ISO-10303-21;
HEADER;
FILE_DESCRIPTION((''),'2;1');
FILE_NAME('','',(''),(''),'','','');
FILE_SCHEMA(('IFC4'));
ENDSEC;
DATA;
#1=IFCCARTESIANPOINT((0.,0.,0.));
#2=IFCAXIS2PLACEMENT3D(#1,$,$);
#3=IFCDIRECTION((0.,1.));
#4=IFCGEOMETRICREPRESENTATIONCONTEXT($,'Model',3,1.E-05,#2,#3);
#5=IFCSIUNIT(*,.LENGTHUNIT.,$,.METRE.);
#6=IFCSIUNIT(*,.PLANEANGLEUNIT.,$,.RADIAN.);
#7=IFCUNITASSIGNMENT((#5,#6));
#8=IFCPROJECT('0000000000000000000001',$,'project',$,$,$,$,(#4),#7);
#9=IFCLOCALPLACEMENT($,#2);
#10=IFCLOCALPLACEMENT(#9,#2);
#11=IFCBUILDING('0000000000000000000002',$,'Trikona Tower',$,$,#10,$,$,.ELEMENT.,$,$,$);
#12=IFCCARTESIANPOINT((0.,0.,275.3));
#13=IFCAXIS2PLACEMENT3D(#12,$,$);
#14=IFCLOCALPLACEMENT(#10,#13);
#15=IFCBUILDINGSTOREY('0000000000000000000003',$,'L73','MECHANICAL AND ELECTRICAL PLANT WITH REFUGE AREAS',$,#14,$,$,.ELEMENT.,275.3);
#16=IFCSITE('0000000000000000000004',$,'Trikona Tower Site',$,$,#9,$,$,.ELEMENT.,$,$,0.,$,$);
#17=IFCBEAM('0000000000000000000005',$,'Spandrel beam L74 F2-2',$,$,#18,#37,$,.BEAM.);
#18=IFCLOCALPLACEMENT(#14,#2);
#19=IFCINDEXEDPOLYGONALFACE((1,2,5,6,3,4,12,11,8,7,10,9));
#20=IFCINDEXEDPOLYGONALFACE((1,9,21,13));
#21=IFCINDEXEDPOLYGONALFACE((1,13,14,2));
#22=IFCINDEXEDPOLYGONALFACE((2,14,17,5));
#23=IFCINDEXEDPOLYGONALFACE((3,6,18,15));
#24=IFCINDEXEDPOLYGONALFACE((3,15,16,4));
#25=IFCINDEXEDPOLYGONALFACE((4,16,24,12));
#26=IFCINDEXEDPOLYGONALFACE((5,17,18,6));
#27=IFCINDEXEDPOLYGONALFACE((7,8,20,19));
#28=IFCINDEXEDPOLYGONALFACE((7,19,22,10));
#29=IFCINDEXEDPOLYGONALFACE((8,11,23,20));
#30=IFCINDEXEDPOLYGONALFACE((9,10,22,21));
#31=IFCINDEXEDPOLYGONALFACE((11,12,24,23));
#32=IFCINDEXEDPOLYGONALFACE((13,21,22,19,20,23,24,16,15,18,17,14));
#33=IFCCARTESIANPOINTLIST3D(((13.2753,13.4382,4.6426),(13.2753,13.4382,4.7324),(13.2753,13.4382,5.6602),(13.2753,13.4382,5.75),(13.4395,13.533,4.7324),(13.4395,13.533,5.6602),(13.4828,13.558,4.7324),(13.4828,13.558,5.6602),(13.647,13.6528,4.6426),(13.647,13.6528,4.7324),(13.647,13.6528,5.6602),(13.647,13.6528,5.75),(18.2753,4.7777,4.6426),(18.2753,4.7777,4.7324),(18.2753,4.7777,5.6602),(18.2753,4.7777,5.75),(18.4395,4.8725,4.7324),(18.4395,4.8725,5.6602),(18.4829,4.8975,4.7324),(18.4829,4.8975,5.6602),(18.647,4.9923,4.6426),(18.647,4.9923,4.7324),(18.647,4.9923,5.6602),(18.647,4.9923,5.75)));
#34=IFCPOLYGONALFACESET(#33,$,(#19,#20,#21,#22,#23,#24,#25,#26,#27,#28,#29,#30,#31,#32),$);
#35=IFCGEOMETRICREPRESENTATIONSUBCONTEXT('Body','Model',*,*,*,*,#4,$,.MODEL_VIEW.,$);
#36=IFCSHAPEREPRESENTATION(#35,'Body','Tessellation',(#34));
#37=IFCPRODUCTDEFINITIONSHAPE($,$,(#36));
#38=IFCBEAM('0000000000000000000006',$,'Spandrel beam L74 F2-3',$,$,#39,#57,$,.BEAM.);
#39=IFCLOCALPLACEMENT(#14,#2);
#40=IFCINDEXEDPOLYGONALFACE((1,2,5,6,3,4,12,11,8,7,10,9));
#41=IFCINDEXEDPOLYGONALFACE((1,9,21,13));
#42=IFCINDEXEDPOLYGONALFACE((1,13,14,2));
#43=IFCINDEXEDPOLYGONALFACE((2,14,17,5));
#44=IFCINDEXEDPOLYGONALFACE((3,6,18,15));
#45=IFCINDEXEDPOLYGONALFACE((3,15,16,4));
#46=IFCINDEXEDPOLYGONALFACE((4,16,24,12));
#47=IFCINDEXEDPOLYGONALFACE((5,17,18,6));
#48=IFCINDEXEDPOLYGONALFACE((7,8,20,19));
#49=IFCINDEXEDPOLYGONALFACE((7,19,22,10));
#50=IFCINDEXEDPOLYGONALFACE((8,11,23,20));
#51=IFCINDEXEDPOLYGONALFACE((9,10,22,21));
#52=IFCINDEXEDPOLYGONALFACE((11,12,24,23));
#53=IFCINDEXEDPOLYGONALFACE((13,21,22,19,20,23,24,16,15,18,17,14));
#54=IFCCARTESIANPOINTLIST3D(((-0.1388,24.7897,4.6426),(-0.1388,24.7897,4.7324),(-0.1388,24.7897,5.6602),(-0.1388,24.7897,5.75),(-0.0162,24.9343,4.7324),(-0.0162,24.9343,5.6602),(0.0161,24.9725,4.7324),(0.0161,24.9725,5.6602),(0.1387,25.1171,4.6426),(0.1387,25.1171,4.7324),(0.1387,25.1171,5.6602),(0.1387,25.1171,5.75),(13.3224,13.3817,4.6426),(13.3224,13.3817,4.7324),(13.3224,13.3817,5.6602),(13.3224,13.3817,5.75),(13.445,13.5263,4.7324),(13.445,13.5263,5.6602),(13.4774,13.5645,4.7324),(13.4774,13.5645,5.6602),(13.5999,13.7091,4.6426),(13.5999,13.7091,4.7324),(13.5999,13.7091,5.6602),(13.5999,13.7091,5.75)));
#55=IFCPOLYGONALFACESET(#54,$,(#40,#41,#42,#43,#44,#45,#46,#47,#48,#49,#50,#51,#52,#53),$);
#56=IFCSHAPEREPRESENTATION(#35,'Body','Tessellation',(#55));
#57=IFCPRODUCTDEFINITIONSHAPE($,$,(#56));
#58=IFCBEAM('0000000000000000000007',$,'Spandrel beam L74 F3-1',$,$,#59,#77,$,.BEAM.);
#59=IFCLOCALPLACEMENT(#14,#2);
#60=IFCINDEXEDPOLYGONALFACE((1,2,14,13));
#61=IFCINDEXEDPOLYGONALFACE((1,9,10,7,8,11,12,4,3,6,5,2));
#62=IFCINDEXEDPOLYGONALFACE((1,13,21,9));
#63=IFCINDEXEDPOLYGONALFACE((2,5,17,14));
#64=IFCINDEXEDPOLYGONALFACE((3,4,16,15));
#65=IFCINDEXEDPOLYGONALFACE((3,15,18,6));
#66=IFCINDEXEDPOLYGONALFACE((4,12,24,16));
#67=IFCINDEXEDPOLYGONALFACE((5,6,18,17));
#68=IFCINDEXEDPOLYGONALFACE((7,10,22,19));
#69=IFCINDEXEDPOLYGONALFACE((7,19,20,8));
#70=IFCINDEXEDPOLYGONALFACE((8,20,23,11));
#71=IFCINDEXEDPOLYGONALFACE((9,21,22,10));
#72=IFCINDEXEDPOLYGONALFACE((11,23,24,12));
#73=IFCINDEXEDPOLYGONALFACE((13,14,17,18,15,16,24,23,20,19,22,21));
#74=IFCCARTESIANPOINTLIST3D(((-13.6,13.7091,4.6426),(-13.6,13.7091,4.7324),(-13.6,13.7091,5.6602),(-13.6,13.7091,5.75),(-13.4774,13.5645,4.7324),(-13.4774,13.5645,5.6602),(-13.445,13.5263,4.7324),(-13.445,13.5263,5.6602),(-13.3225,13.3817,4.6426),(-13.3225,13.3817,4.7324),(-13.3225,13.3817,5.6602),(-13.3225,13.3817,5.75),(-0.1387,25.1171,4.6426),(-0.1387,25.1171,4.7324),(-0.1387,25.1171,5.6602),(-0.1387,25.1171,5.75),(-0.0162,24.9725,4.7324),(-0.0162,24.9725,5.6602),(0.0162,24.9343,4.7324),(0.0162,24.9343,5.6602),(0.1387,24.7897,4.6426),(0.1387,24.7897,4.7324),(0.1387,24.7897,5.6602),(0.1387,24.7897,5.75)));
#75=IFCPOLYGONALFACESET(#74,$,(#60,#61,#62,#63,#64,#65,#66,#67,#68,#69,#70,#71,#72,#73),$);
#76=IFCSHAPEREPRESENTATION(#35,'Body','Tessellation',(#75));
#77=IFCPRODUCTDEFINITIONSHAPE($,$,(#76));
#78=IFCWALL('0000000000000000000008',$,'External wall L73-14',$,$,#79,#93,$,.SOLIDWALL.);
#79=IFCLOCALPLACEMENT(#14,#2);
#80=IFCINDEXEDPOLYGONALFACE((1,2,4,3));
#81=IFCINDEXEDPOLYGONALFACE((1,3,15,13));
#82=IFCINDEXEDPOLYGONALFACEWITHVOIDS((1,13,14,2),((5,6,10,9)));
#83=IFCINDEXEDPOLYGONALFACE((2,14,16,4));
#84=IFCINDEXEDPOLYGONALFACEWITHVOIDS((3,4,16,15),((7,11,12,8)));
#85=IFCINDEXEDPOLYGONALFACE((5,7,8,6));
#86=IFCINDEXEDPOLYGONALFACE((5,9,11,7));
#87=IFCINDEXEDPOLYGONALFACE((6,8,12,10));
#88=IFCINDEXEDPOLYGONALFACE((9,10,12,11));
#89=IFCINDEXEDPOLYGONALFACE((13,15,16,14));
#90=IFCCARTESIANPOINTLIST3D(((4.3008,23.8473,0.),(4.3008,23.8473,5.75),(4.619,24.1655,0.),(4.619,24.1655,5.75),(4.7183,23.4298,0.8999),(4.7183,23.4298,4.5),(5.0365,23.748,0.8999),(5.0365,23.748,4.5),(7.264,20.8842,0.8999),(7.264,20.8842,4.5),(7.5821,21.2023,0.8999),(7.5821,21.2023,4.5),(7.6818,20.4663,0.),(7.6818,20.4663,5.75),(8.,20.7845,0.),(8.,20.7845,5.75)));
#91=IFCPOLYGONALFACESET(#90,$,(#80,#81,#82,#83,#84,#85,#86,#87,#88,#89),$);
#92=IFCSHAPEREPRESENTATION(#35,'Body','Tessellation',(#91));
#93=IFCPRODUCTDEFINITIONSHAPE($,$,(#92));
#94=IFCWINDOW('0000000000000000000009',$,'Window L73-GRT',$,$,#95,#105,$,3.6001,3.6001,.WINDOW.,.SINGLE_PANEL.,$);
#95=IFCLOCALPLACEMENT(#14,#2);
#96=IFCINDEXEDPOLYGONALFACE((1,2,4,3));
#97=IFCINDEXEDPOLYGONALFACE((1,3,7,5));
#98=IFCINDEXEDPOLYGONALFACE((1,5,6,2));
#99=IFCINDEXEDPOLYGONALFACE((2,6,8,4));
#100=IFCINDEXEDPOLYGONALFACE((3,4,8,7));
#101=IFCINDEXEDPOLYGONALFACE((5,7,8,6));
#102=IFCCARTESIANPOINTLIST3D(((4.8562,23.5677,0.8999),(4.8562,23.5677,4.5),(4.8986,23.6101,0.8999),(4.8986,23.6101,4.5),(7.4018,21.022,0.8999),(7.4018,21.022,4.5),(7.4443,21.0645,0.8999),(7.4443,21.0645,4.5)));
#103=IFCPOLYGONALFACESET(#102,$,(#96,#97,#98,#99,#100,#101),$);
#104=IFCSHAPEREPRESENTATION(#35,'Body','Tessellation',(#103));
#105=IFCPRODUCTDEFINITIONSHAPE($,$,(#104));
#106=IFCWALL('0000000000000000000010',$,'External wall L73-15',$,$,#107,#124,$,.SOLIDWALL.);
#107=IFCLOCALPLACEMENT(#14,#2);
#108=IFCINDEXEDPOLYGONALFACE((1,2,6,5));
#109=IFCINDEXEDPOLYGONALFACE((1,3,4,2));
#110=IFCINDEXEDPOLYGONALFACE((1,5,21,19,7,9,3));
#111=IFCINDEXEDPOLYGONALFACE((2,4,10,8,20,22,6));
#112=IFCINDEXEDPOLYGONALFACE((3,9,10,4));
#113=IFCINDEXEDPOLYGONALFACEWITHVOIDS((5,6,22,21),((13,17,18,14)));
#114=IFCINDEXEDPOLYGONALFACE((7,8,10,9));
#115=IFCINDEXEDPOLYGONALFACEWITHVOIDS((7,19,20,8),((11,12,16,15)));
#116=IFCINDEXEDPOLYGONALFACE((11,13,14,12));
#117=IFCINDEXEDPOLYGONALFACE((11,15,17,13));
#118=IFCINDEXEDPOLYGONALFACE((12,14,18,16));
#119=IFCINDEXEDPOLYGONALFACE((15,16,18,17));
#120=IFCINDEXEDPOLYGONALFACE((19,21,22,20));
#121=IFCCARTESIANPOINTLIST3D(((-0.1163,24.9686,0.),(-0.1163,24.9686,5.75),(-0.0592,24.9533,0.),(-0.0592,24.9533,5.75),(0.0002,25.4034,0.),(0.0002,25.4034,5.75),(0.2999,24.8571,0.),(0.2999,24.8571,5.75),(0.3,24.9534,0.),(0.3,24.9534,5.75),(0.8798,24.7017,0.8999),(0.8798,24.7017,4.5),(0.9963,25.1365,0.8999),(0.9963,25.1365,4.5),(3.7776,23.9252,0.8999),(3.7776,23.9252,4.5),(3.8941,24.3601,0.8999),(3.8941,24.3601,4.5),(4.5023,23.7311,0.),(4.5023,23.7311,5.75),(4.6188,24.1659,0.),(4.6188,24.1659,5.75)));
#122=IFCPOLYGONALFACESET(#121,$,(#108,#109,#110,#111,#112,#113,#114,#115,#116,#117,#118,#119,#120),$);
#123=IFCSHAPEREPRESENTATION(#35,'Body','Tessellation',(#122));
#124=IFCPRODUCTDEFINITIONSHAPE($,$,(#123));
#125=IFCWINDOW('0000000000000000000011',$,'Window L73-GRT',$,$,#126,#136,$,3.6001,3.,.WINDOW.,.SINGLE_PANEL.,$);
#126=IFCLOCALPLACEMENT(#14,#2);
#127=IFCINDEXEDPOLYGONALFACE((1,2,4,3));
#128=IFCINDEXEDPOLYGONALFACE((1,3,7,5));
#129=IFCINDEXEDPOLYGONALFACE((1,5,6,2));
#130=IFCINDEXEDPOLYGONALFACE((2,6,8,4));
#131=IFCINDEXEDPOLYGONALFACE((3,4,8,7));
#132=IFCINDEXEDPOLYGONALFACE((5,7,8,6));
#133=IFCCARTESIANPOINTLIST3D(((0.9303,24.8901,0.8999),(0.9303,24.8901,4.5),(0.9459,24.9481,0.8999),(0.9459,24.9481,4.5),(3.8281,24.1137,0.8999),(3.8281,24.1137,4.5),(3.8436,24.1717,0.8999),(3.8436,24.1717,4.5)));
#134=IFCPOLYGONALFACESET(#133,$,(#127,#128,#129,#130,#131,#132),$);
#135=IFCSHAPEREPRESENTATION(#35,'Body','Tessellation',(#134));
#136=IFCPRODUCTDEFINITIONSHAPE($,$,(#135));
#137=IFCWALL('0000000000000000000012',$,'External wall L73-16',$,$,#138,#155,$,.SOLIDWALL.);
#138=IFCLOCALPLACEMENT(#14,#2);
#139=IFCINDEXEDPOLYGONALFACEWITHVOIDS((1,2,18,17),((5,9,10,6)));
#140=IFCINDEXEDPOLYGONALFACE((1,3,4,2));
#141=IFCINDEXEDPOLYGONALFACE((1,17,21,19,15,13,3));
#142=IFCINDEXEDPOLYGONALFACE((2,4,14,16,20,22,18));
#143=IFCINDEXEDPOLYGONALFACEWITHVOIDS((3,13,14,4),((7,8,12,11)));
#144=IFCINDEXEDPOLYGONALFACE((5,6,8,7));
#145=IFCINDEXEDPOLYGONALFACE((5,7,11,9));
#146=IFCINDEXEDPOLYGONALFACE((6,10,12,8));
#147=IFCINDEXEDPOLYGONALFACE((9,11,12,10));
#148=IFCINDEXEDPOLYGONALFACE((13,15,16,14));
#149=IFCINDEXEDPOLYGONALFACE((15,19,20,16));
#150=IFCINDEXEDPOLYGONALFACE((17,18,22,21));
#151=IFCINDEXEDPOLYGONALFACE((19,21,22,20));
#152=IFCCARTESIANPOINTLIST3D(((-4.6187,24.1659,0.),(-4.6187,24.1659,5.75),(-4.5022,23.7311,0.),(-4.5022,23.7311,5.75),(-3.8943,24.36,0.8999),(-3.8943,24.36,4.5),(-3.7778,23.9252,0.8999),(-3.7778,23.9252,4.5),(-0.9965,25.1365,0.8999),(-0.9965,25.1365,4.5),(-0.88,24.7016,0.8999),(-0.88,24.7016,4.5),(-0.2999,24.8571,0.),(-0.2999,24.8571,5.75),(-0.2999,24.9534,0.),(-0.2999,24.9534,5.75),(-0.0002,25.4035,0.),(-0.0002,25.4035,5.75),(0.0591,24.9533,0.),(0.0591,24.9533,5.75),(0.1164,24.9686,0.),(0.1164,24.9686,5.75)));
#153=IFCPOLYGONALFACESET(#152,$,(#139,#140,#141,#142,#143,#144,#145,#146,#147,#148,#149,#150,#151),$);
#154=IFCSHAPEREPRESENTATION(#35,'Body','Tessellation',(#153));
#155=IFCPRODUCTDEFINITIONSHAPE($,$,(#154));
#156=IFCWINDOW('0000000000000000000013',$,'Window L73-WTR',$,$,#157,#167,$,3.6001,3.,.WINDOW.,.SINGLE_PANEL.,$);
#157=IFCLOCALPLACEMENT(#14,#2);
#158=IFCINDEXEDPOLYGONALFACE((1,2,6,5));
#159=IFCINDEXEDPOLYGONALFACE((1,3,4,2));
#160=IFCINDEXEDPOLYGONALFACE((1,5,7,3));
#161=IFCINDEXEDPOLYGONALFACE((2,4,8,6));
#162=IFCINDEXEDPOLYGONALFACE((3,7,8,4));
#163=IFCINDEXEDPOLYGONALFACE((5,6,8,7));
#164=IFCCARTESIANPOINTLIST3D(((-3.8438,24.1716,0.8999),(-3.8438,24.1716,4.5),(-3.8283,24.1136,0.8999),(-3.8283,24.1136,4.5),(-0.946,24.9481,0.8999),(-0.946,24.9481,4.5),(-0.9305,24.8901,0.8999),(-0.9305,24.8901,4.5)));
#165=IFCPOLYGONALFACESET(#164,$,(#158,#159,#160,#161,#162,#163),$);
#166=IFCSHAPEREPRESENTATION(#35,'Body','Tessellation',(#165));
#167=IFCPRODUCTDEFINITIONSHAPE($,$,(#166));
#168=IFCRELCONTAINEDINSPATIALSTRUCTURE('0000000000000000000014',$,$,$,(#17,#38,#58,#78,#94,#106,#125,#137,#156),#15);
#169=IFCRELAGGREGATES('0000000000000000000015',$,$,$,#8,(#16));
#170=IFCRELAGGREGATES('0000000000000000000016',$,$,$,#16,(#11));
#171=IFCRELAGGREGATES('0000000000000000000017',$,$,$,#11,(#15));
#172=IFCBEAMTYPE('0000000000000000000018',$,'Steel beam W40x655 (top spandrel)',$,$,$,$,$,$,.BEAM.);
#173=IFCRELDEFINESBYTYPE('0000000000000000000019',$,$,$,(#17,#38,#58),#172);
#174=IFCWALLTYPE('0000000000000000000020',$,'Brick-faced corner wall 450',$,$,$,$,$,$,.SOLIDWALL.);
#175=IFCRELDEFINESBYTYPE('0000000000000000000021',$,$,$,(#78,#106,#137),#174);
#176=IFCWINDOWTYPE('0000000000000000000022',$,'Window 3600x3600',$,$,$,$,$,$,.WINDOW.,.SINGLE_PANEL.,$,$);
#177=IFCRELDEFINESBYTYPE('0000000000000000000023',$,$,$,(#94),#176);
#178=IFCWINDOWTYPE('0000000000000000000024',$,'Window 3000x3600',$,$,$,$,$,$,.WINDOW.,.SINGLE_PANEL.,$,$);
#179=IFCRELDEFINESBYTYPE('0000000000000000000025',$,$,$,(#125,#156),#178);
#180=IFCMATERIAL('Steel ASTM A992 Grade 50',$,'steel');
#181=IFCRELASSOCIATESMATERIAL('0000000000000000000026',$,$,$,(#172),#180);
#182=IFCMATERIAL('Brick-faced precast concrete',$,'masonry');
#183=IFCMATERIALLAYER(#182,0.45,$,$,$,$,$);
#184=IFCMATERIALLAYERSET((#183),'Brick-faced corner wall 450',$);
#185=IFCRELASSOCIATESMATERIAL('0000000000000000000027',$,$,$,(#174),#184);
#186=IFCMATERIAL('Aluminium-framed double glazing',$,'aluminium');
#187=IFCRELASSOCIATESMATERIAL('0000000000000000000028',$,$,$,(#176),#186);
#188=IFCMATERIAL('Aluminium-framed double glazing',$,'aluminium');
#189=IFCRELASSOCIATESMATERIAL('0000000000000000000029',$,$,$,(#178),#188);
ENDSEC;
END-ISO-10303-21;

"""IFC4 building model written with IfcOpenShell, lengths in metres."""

from ifc_helpers import new_model, si_unit, direction, frame, frame_2d, origin, origin_2d, place, context, subcontext, project, spatial, polyline, rectangle, i_section, outline, extrude, material, layer, layer_set, material_profile, profile_set, type_object, element, fill, save


model = new_model("IFC4")

# Units and contexts
model_context = context("Model", 3, precision=1e-05, world=origin(), true_north=direction((0.0, 1.0)))
body_context = subcontext(model_context, "Body", "Model", "MODEL_VIEW")
ifc_project = project(units=[si_unit("LENGTHUNIT", "METRE"), si_unit("PLANEANGLEUNIT", "RADIAN")], contexts=[model_context])

# Site, building, storey
site_placement = place(None, origin())
site = spatial("IfcSite", under=ifc_project, at=site_placement, Name="Trikona Tower Site", CompositionType="ELEMENT", RefElevation=0.0)
building_placement = place(site_placement, origin())
building = spatial("IfcBuilding", under=site, at=building_placement, Name="Trikona Tower", CompositionType="ELEMENT")
storey_placement = place(building_placement, frame((0.0, 0.0, 275.3)))
storey = spatial("IfcBuildingStorey", under=building, at=storey_placement, Name="L73", Description="MECHANICAL AND ELECTRICAL PLANT WITH REFUGE AREAS", CompositionType="ELEMENT", Elevation=275.3)

# Beams
ifc_material_1 = material(Name="Steel ASTM A992 Grade 50", Category="steel")
ifc_material_profile_1 = material_profile(ifc_material_1, i_section(OverallWidth=0.4292, OverallDepth=1.1074, WebThickness=0.05, FlangeThickness=0.0898, at=origin_2d()), Name="W40X655")
ifc_profile_set_1 = profile_set([ifc_material_profile_1], Name="Steel ASTM A992 Grade 50")
beam_type_1 = type_object("IfcBeamType", Name="Steel beam W40x655 (top spandrel)", PredefinedType="BEAM", material=ifc_profile_set_1)
beam_1_placement = place(storey_placement, frame((18.4612, 4.885, 5.1963), z_axis=(-0.499994, 0.866029, 0.0), x_axis=(-0.866029, -0.499994, 0.0)))
element("IfcBeam", 1, at=beam_1_placement, inside=storey, type_object=beam_type_1, Name="Spandrel beam L74 F2-2", PredefinedType="BEAM", context=body_context, shape_type="SweptSolid", body=[
    extrude(i_section(OverallWidth=0.4292, OverallDepth=1.1074, WebThickness=0.05, FlangeThickness=0.0898, at=origin_2d()), origin(), (0.0, 0.0, 1.0), 10.0002),
])
for number, where, z_axis, x_axis, name in (
    (2, (13.4612, 13.5454, 5.1963), (-0.762891, 0.646528, 0.0), (-0.646528, -0.762891, 0.0), "Spandrel beam L74 F2-3"),
    (3, (0.0, 24.9534, 5.1963), (-0.762891, -0.646528, 0.0), (0.646528, -0.762891, 0.0), "Spandrel beam L74 F3-1"),
):
    element("IfcBeam", number, at=place(storey_placement, frame(where, z_axis=z_axis, x_axis=x_axis)), inside=storey, type_object=beam_type_1, Name=name, PredefinedType="BEAM", context=body_context, shape_type="SweptSolid", body=[
        extrude(i_section(OverallWidth=0.4292, OverallDepth=1.1074, WebThickness=0.05, FlangeThickness=0.0898, at=origin_2d()), origin(), (0.0, 0.0, 1.0), 17.645),
    ])

# Walls, openings, windows
ifc_material_2 = material(Name="Brick-faced precast concrete", Category="masonry")
ifc_layer_1 = layer(ifc_material_2, 0.45)
ifc_layer_set_1 = layer_set([ifc_layer_1], Name="Brick-faced corner wall 450")
wall_type_1 = type_object("IfcWallType", Name="Brick-faced corner wall 450", PredefinedType="SOLIDWALL", material=ifc_layer_set_1)
wall_1_placement = place(storey_placement, frame((7.8408, 20.6255, 0.0), z_axis=(0.0, 0.0, 1.0), x_axis=(-0.707107, 0.707107, 0.0)))
wall_1 = element("IfcWall", 4, at=wall_1_placement, inside=storey, type_object=wall_type_1, Name="External wall L73-14", PredefinedType="SOLIDWALL", context=body_context, shape_type="SweptSolid", body=[
    extrude(rectangle(XDim=4.7815, YDim=0.45, at=frame_2d((2.3906, 0.0))), origin(), (0.0, 0.0, 1.0), 5.75),
])
opening_1_placement = place(wall_1_placement, frame((0.5908, 0.0, 0.8999)))
opening_1 = element("IfcOpeningElement", 5, at=opening_1_placement, cuts=wall_1, PredefinedType="OPENING", context=body_context, shape_type="SweptSolid", body=[
    extrude(rectangle(XDim=3.6001, YDim=3.6001, at=frame_2d((1.8, 1.8))), frame((0.0, 0.2349, 0.0), z_axis=(0.0, -1.0, 0.0), x_axis=(1.0, 0.0, 0.0)), (0.0, 0.0, 1.0), 0.47),
])
ifc_material_3 = material(Name="Aluminium-framed double glazing", Category="aluminium")
window_type_1 = type_object("IfcWindowType", Name="Window 3600x3600", PartitioningType="SINGLE_PANEL", PredefinedType="WINDOW", material=ifc_material_3)
window_1_placement = place(opening_1_placement, origin())
window_1 = element("IfcWindow", 6, at=window_1_placement, inside=storey, type_object=window_type_1, Name="Window L73-GRT", OverallHeight=3.6001, OverallWidth=3.6001, PartitioningType="SINGLE_PANEL", PredefinedType="WINDOW", context=body_context, shape_type="SweptSolid", body=[
    extrude(rectangle(XDim=3.6001, YDim=3.6001, at=frame_2d((1.8, 1.8))), frame((0.0, 0.03, 0.0), z_axis=(0.0, -1.0, 0.0), x_axis=(1.0, 0.0, 0.0)), (0.0, 0.0, 1.0), 0.0601),
])
fill(opening_1, window_1)
wall_2_placement = place(storey_placement, frame((4.5605, 23.9485, 0.0), z_axis=(0.0, 0.0, 1.0), x_axis=(-0.965927, 0.258816, 0.0)))
wall_2 = element("IfcWall", 7, at=wall_2_placement, inside=storey, type_object=wall_type_1, Name="External wall L73-15", PredefinedType="SOLIDWALL", context=body_context, shape_type="SweptSolid", body=[
    extrude(outline(polyline([(4.7815, 0.2251), (4.7224, 0.2251), (4.3755, 0.1321), (4.3506, 0.2251), (0.0, 0.2251), (0.0, -0.2251), (4.7815, -0.2251), (4.7815, 0.2251)])), origin(), (0.0, 0.0, 1.0), 5.75),
])
opening_2_placement = place(wall_2_placement, frame((0.7502, 0.0, 0.8999)))
opening_2 = element("IfcOpeningElement", 8, at=opening_2_placement, cuts=wall_2, PredefinedType="OPENING", context=body_context, shape_type="SweptSolid", body=[
    extrude(rectangle(XDim=3.0, YDim=3.6001, at=frame_2d((1.5, 1.8))), frame((0.0, 0.2349, 0.0), z_axis=(0.0, -1.0, 0.0), x_axis=(1.0, 0.0, 0.0)), (0.0, 0.0, 1.0), 0.47),
])
ifc_material_4 = material(Name="Aluminium-framed double glazing", Category="aluminium")
window_type_2 = type_object("IfcWindowType", Name="Window 3000x3600", PartitioningType="SINGLE_PANEL", PredefinedType="WINDOW", material=ifc_material_4)
window_2_placement = place(opening_2_placement, origin())
window_2 = element("IfcWindow", 9, at=window_2_placement, inside=storey, type_object=window_type_2, Name="Window L73-GRT", OverallHeight=3.6001, OverallWidth=3.0, PartitioningType="SINGLE_PANEL", PredefinedType="WINDOW", context=body_context, shape_type="SweptSolid", body=[
    extrude(rectangle(XDim=3.0, YDim=3.6001, at=frame_2d((1.5, 1.8))), frame((0.0, 0.03, 0.0), z_axis=(0.0, -1.0, 0.0), x_axis=(1.0, 0.0, 0.0)), (0.0, 0.0, 1.0), 0.0601),
])
fill(opening_2, window_2)
wall_3_placement = place(storey_placement, frame((0.0581, 25.186, 0.0), z_axis=(0.0, 0.0, 1.0), x_axis=(-0.965927, -0.258816, 0.0)))
wall_3 = element("IfcWall", 10, at=wall_3_placement, inside=storey, type_object=wall_type_1, Name="External wall L73-16", PredefinedType="SOLIDWALL", context=body_context, shape_type="SweptSolid", body=[
    extrude(outline(polyline([(4.7815, 0.2251), (0.4309, 0.2251), (0.406, 0.1321), (0.0593, 0.2251), (0.0, 0.2251), (0.0, -0.2251), (4.7815, -0.2251), (4.7815, 0.2251)])), origin(), (0.0, 0.0, 1.0), 5.75),
])
opening_3_placement = place(wall_3_placement, frame((1.0315, 0.0, 0.8999)))
opening_3 = element("IfcOpeningElement", 11, at=opening_3_placement, cuts=wall_3, PredefinedType="OPENING", context=body_context, shape_type="SweptSolid", body=[
    extrude(rectangle(XDim=3.0, YDim=3.6001, at=frame_2d((1.5, 1.8))), frame((0.0, 0.2349, 0.0), z_axis=(0.0, -1.0, 0.0), x_axis=(1.0, 0.0, 0.0)), (0.0, 0.0, 1.0), 0.47),
])
window_3_placement = place(opening_3_placement, origin())
window_3 = element("IfcWindow", 12, at=window_3_placement, inside=storey, type_object=window_type_2, Name="Window L73-WTR", OverallHeight=3.6001, OverallWidth=3.0, PartitioningType="SINGLE_PANEL", PredefinedType="WINDOW", context=body_context, shape_type="SweptSolid", body=[
    extrude(rectangle(XDim=3.0, YDim=3.6001, at=frame_2d((1.5, 1.8))), frame((0.0, 0.03, 0.0), z_axis=(0.0, -1.0, 0.0), x_axis=(1.0, 0.0, 0.0)), (0.0, 0.0, 1.0), 0.0601),
])
fill(opening_3, window_3)

save(model, "model.ifc")
